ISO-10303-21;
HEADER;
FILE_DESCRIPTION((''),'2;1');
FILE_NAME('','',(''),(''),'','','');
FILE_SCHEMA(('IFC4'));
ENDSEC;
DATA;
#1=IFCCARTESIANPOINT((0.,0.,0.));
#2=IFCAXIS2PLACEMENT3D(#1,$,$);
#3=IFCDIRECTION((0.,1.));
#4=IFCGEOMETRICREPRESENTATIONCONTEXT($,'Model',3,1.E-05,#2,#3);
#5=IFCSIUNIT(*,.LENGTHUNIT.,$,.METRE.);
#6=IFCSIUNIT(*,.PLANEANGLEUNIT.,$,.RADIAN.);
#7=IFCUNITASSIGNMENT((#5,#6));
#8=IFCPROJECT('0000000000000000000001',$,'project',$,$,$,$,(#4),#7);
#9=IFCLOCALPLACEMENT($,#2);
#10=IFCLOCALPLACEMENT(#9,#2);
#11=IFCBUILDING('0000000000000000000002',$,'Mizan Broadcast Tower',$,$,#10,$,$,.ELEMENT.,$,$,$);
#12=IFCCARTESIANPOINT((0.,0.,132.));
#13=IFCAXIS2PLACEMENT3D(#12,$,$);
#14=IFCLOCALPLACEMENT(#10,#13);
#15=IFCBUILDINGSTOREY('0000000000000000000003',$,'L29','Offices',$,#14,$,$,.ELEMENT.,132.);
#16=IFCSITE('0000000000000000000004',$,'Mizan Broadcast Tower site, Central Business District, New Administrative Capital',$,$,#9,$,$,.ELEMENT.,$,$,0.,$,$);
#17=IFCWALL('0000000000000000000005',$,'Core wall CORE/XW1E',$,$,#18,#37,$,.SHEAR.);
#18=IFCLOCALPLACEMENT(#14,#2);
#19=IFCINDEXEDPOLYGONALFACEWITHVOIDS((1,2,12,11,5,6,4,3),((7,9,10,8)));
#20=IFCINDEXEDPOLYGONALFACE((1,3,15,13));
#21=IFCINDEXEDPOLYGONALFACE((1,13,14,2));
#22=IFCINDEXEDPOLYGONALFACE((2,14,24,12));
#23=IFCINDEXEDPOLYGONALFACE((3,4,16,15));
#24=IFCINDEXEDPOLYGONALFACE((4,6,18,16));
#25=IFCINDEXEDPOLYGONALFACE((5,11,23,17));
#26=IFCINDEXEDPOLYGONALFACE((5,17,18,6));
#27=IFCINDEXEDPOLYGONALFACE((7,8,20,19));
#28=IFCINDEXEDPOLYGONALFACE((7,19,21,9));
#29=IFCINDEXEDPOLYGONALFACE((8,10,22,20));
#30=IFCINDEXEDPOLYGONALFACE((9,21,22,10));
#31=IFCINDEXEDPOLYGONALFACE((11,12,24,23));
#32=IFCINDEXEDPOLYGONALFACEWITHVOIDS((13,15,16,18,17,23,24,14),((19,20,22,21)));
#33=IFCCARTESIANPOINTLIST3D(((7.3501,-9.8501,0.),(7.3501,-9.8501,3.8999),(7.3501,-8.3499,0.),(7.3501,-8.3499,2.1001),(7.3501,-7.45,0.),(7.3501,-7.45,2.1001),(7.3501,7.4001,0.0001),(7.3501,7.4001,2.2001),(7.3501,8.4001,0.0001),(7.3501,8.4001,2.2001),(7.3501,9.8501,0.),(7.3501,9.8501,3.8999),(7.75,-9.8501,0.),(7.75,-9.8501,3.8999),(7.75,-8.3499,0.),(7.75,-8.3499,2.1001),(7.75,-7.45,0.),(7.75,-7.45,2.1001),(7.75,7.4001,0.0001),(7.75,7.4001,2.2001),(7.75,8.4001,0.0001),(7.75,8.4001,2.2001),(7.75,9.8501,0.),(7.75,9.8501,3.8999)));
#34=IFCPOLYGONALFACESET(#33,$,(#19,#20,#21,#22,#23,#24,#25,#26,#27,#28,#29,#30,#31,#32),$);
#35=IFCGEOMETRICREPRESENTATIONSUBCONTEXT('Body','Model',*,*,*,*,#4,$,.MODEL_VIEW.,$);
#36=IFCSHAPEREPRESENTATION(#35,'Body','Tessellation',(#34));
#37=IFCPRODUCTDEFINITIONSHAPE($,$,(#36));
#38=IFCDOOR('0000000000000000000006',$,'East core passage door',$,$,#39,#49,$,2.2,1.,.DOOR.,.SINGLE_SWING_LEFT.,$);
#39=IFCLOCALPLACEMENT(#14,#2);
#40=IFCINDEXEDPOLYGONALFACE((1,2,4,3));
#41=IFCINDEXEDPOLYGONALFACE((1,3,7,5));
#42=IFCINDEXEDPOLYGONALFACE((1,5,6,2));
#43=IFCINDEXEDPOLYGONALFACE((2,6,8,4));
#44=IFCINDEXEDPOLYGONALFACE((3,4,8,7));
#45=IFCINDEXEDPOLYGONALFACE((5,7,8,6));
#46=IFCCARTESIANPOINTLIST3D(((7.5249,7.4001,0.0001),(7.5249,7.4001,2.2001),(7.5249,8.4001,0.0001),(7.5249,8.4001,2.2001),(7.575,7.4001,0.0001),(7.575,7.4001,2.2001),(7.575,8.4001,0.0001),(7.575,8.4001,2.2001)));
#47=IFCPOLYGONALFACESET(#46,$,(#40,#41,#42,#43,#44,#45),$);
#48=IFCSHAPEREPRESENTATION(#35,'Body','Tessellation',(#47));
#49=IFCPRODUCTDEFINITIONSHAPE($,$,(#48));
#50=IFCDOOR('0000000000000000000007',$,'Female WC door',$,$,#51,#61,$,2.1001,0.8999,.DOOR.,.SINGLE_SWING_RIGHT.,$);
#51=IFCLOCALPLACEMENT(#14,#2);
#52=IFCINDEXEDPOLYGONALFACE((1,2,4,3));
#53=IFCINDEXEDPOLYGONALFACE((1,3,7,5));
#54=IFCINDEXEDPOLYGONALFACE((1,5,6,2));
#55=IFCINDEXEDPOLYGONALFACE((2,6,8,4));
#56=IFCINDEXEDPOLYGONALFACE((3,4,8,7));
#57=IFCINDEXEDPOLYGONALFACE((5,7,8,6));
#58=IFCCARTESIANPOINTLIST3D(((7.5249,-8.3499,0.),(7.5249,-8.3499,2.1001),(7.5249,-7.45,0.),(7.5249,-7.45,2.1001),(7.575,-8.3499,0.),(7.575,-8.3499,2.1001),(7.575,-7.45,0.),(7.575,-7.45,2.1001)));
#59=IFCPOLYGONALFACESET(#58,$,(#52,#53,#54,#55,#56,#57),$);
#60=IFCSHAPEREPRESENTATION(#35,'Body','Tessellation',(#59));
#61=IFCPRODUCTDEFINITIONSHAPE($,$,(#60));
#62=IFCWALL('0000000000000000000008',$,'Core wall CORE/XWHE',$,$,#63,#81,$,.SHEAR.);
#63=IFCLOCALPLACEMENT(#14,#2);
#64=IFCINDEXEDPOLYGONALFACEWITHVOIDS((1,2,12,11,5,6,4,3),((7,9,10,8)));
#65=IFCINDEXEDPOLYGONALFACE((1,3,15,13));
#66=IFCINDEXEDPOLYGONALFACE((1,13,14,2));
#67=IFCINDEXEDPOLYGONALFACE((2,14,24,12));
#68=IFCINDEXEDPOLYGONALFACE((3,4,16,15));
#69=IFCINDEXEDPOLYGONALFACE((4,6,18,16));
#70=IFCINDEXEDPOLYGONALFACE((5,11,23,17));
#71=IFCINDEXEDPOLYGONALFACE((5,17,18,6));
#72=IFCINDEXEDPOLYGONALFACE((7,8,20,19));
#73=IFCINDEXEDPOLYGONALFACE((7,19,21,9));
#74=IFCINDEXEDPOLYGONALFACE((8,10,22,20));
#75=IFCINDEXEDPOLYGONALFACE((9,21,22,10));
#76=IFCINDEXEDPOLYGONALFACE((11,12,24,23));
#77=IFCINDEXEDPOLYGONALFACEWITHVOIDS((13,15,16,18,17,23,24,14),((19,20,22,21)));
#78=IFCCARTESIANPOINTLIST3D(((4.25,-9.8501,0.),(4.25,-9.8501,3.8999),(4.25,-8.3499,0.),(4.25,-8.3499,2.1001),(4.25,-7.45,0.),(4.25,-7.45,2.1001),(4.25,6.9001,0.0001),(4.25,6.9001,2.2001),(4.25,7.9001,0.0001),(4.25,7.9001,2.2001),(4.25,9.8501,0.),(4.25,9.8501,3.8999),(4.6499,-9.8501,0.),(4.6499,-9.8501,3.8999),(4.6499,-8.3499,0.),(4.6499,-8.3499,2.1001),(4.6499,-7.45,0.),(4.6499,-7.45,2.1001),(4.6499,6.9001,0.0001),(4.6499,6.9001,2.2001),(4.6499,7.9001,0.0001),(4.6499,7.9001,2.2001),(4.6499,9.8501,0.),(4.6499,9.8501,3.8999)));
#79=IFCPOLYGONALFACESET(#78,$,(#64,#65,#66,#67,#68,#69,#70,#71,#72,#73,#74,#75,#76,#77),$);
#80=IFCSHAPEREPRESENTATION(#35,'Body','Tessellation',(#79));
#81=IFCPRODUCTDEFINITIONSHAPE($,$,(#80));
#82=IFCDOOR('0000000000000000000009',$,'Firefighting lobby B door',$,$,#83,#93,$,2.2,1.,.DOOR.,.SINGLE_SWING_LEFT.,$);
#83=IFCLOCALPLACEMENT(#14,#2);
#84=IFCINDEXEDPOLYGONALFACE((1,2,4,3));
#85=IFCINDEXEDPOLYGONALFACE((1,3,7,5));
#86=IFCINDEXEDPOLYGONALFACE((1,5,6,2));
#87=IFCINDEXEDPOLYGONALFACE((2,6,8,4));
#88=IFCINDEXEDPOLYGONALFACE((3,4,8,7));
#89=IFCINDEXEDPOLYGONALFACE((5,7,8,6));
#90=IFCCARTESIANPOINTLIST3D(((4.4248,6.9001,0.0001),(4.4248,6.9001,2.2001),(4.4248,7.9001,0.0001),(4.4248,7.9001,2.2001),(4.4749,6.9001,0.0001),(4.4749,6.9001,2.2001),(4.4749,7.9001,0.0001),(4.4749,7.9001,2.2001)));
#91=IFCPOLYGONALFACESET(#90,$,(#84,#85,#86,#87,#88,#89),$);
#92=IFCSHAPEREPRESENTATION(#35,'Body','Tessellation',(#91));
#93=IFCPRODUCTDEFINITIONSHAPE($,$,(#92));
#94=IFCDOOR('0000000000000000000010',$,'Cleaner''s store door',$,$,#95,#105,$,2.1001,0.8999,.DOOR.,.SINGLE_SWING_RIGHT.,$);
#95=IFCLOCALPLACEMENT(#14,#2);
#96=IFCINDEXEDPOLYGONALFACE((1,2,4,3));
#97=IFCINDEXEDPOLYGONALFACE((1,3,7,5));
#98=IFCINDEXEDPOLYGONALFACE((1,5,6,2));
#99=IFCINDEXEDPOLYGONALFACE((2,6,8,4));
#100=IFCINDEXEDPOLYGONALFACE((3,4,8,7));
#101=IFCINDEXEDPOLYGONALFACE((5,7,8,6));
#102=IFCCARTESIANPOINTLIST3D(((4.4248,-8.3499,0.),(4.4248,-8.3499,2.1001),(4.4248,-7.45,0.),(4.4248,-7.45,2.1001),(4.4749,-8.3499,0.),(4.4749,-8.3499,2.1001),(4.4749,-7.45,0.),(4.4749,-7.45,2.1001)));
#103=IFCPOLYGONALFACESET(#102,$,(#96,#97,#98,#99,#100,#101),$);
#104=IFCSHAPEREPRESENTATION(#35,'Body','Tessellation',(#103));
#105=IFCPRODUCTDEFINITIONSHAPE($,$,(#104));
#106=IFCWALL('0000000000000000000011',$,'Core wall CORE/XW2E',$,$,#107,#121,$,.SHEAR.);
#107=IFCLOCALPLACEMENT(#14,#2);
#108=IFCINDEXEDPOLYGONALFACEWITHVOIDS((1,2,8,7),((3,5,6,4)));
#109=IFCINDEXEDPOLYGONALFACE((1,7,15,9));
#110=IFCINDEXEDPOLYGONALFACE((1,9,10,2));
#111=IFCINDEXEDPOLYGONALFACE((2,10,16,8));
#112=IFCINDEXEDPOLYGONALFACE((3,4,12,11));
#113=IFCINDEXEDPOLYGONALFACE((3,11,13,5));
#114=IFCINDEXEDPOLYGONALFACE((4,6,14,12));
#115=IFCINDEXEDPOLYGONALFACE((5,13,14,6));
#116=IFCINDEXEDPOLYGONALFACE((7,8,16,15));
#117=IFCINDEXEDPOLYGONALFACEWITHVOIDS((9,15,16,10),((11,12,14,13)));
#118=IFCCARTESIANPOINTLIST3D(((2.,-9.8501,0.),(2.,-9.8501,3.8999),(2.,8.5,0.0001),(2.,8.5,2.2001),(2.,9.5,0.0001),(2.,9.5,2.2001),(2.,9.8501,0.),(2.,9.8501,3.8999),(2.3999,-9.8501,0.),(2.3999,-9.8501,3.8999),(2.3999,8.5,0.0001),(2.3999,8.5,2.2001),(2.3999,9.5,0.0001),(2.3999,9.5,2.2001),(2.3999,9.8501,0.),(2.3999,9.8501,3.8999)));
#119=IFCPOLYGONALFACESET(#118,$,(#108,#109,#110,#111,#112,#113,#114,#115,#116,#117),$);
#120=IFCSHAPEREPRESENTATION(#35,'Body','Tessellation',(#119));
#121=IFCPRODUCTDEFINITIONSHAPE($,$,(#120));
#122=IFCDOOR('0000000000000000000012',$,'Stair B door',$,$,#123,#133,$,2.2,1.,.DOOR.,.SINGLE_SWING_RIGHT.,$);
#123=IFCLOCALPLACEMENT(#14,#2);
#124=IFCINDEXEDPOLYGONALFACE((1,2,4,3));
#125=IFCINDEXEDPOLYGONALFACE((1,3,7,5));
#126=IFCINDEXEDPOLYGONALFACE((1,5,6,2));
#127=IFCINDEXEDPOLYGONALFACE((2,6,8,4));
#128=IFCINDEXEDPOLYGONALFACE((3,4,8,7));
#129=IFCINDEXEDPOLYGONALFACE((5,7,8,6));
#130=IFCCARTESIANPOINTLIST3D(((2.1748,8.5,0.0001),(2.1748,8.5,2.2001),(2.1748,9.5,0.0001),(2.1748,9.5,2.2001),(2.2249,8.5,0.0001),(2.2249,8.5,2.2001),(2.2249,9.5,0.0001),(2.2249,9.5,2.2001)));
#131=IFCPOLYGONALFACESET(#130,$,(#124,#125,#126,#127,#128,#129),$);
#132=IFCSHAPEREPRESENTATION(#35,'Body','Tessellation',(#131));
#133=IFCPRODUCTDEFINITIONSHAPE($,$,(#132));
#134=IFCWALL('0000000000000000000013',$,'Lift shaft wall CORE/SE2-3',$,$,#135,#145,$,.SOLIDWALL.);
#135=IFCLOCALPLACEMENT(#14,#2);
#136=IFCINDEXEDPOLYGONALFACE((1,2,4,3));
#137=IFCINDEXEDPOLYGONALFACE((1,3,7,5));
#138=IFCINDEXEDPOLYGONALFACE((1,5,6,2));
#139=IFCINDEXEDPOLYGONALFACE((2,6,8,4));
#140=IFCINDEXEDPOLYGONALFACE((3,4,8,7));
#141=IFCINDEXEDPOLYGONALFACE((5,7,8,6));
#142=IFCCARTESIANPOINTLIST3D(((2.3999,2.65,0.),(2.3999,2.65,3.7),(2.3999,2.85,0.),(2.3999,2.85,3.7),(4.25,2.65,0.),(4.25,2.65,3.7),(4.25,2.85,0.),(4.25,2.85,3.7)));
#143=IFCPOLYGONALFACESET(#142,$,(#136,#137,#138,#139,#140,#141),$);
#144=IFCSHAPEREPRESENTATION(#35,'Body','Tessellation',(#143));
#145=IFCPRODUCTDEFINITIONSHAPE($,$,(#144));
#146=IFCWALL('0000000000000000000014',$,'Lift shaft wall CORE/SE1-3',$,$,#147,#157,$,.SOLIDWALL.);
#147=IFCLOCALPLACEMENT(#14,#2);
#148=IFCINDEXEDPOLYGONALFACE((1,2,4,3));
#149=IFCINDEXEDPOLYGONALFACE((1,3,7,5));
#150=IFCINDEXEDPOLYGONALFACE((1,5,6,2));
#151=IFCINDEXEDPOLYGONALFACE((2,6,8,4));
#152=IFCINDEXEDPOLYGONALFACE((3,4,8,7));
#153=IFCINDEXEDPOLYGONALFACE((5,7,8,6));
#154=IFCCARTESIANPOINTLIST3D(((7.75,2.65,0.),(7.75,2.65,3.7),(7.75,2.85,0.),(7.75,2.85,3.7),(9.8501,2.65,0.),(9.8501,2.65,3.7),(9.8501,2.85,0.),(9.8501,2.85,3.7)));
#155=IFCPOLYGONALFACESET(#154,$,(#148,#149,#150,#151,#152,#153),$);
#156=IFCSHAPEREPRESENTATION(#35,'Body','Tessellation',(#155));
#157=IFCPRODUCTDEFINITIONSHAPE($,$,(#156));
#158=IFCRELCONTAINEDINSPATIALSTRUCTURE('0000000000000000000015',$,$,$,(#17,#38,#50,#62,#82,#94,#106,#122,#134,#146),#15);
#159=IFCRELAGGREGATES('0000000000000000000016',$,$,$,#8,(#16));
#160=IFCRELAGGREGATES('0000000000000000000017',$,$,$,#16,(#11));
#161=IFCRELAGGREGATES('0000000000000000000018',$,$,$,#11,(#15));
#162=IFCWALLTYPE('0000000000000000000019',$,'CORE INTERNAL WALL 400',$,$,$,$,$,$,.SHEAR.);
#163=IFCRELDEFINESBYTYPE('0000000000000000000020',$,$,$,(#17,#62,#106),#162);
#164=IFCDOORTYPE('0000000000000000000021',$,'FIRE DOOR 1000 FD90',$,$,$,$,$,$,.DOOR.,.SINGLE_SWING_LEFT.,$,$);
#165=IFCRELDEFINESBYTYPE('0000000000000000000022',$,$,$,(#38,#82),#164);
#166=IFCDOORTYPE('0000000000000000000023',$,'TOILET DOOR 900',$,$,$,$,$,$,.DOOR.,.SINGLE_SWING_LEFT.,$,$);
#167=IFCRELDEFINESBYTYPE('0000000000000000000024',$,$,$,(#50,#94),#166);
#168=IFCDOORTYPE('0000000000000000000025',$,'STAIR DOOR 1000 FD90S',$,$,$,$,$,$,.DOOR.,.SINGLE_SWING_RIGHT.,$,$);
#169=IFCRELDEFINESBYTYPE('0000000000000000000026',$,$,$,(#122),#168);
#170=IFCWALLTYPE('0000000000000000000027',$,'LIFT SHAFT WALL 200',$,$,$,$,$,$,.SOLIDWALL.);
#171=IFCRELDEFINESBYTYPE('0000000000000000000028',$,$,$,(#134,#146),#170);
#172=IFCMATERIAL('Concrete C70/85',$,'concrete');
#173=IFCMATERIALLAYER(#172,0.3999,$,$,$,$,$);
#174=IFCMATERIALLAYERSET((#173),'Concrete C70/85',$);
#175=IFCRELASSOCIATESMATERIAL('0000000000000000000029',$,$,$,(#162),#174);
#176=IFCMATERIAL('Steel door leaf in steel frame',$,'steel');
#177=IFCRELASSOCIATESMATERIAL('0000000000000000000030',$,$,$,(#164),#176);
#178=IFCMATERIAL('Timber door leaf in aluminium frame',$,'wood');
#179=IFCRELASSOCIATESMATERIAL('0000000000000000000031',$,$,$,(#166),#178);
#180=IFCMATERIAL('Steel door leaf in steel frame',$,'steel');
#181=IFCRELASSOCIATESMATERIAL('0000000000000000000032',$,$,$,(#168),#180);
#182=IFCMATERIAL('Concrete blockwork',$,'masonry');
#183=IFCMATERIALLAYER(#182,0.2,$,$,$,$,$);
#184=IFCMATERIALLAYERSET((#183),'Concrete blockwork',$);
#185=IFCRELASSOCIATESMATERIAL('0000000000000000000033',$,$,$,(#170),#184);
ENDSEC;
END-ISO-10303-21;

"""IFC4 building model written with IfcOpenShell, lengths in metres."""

from ifc_helpers import new_model, si_unit, direction, frame, frame_2d, origin, place, context, subcontext, project, spatial, rectangle, extrude, material, layer, layer_set, type_object, element, fill, save


model = new_model("IFC4")

# Units and contexts
model_context = context("Model", 3, precision=1e-05, world=origin(), true_north=direction((0.0, 1.0)))
body_context = subcontext(model_context, "Body", "Model", "MODEL_VIEW")
ifc_project = project(units=[si_unit("LENGTHUNIT", "METRE"), si_unit("PLANEANGLEUNIT", "RADIAN")], contexts=[model_context])

# Site, building, storey
site_placement = place(None, origin())
site = spatial("IfcSite", under=ifc_project, at=site_placement, Name="Mizan Broadcast Tower site, Central Business District, New Administrative Capital", CompositionType="ELEMENT", RefElevation=0.0)
building_placement = place(site_placement, origin())
building = spatial("IfcBuilding", under=site, at=building_placement, Name="Mizan Broadcast Tower", CompositionType="ELEMENT")
storey_placement = place(building_placement, frame((0.0, 0.0, 132.0)))
storey = spatial("IfcBuildingStorey", under=building, at=storey_placement, Name="L29", Description="Offices", CompositionType="ELEMENT", Elevation=132.0)

# Walls, openings, doors
ifc_material_1 = material(Name="Concrete C70/85", Category="concrete")
ifc_layer_1 = layer(ifc_material_1, 0.3999)
ifc_layer_set_1 = layer_set([ifc_layer_1], Name="Concrete C70/85")
wall_type_1 = type_object("IfcWallType", Name="CORE INTERNAL WALL 400", PredefinedType="SHEAR", material=ifc_layer_set_1)
wall_1_placement = place(storey_placement, frame((7.55, 9.8501, 0.0), z_axis=(0.0, 0.0, 1.0), x_axis=(0.0, -1.0, 0.0)))
wall_1 = element("IfcWall", 1, at=wall_1_placement, inside=storey, type_object=wall_type_1, Name="Core wall CORE/XW1E", PredefinedType="SHEAR", context=body_context, shape_type="SweptSolid", body=[
    extrude(rectangle(XDim=19.7002, YDim=0.3999, at=frame_2d((9.8501, 0.0))), origin(), (0.0, 0.0, 1.0), 3.8999),
])
opening_1_placement = place(wall_1_placement, frame((1.45, 0.0, 0.0)))
opening_1 = element("IfcOpeningElement", 2, at=opening_1_placement, cuts=wall_1, PredefinedType="OPENING", context=body_context, shape_type="SweptSolid", body=[
    extrude(rectangle(XDim=1.0, YDim=2.2, at=frame_2d((0.5, 1.1001))), frame((0.0, 0.21, 0.0), z_axis=(0.0, -1.0, 0.0), x_axis=(1.0, 0.0, 0.0)), (0.0, 0.0, 1.0), 0.4199),
])
opening_2_placement = place(wall_1_placement, frame((17.3, 0.0, 0.0)))
opening_2 = element("IfcOpeningElement", 3, at=opening_2_placement, cuts=wall_1, PredefinedType="OPENING", context=body_context, shape_type="SweptSolid", body=[
    extrude(rectangle(XDim=0.8999, YDim=2.1001, at=frame_2d((0.45, 1.05))), frame((0.0, 0.21, 0.0), z_axis=(0.0, -1.0, 0.0), x_axis=(1.0, 0.0, 0.0)), (0.0, 0.0, 1.0), 0.4199),
])
ifc_material_2 = material(Name="Steel door leaf in steel frame", Category="steel")
door_type_1 = type_object("IfcDoorType", Name="FIRE DOOR 1000 FD90", OperationType="SINGLE_SWING_LEFT", PredefinedType="DOOR", material=ifc_material_2)
door_1_placement = place(opening_1_placement, origin())
door_1 = element("IfcDoor", 4, at=door_1_placement, inside=storey, type_object=door_type_1, Name="East core passage door", OperationType="SINGLE_SWING_LEFT", OverallHeight=2.2, OverallWidth=1.0, PredefinedType="DOOR", context=body_context, shape_type="SweptSolid", body=[
    extrude(rectangle(XDim=1.0, YDim=2.2, at=frame_2d((0.5, 1.1001))), frame((0.0, 0.0249, 0.0), z_axis=(0.0, -1.0, 0.0), x_axis=(1.0, 0.0, 0.0)), (0.0, 0.0, 1.0), 0.05),
])
fill(opening_1, door_1)
ifc_material_3 = material(Name="Timber door leaf in aluminium frame", Category="wood")
door_type_2 = type_object("IfcDoorType", Name="TOILET DOOR 900", OperationType="SINGLE_SWING_LEFT", PredefinedType="DOOR", material=ifc_material_3)
door_2_placement = place(opening_2_placement, origin())
door_2 = element("IfcDoor", 5, at=door_2_placement, inside=storey, type_object=door_type_2, Name="Female WC door", OperationType="SINGLE_SWING_RIGHT", OverallHeight=2.1001, OverallWidth=0.8999, PredefinedType="DOOR", context=body_context, shape_type="SweptSolid", body=[
    extrude(rectangle(XDim=0.8999, YDim=2.1001, at=frame_2d((0.45, 1.05))), frame((0.0, 0.0249, 0.0), z_axis=(0.0, -1.0, 0.0), x_axis=(1.0, 0.0, 0.0)), (0.0, 0.0, 1.0), 0.05),
])
fill(opening_2, door_2)
wall_2_placement = place(storey_placement, frame((4.45, 9.8501, 0.0), z_axis=(0.0, 0.0, 1.0), x_axis=(0.0, -1.0, 0.0)))
wall_2 = element("IfcWall", 6, at=wall_2_placement, inside=storey, type_object=wall_type_1, Name="Core wall CORE/XWHE", PredefinedType="SHEAR", context=body_context, shape_type="SweptSolid", body=[
    extrude(rectangle(XDim=19.7002, YDim=0.3999, at=frame_2d((9.8501, 0.0))), origin(), (0.0, 0.0, 1.0), 3.8999),
])
opening_3_placement = place(wall_2_placement, frame((1.95, 0.0, 0.0)))
opening_3 = element("IfcOpeningElement", 7, at=opening_3_placement, cuts=wall_2, PredefinedType="OPENING", context=body_context, shape_type="SweptSolid", body=[
    extrude(rectangle(XDim=1.0, YDim=2.2, at=frame_2d((0.5, 1.1001))), frame((0.0, 0.21, 0.0), z_axis=(0.0, -1.0, 0.0), x_axis=(1.0, 0.0, 0.0)), (0.0, 0.0, 1.0), 0.4199),
])
opening_4_placement = place(wall_2_placement, frame((17.3, 0.0, 0.0)))
opening_4 = element("IfcOpeningElement", 8, at=opening_4_placement, cuts=wall_2, PredefinedType="OPENING", context=body_context, shape_type="SweptSolid", body=[
    extrude(rectangle(XDim=0.8999, YDim=2.1001, at=frame_2d((0.45, 1.05))), frame((0.0, 0.21, 0.0), z_axis=(0.0, -1.0, 0.0), x_axis=(1.0, 0.0, 0.0)), (0.0, 0.0, 1.0), 0.4199),
])
door_3_placement = place(opening_3_placement, origin())
door_3 = element("IfcDoor", 9, at=door_3_placement, inside=storey, type_object=door_type_1, Name="Firefighting lobby B door", OperationType="SINGLE_SWING_LEFT", OverallHeight=2.2, OverallWidth=1.0, PredefinedType="DOOR", context=body_context, shape_type="SweptSolid", body=[
    extrude(rectangle(XDim=1.0, YDim=2.2, at=frame_2d((0.5, 1.1001))), frame((0.0, 0.0249, 0.0), z_axis=(0.0, -1.0, 0.0), x_axis=(1.0, 0.0, 0.0)), (0.0, 0.0, 1.0), 0.05),
])
fill(opening_3, door_3)
door_4_placement = place(opening_4_placement, origin())
door_4 = element("IfcDoor", 10, at=door_4_placement, inside=storey, type_object=door_type_2, Name="Cleaner's store door", OperationType="SINGLE_SWING_RIGHT", OverallHeight=2.1001, OverallWidth=0.8999, PredefinedType="DOOR", context=body_context, shape_type="SweptSolid", body=[
    extrude(rectangle(XDim=0.8999, YDim=2.1001, at=frame_2d((0.45, 1.05))), frame((0.0, 0.0249, 0.0), z_axis=(0.0, -1.0, 0.0), x_axis=(1.0, 0.0, 0.0)), (0.0, 0.0, 1.0), 0.05),
])
fill(opening_4, door_4)

# Wall, opening, door
wall_3_placement = place(storey_placement, frame((2.2, 9.8501, 0.0), z_axis=(0.0, 0.0, 1.0), x_axis=(0.0, -1.0, 0.0)))
wall_3 = element("IfcWall", 11, at=wall_3_placement, inside=storey, type_object=wall_type_1, Name="Core wall CORE/XW2E", PredefinedType="SHEAR", context=body_context, shape_type="SweptSolid", body=[
    extrude(rectangle(XDim=19.7002, YDim=0.3999, at=frame_2d((9.8501, 0.0))), origin(), (0.0, 0.0, 1.0), 3.8999),
])
opening_5_placement = place(wall_3_placement, frame((0.3501, 0.0, 0.0)))
opening_5 = element("IfcOpeningElement", 12, at=opening_5_placement, cuts=wall_3, PredefinedType="OPENING", context=body_context, shape_type="SweptSolid", body=[
    extrude(rectangle(XDim=1.0, YDim=2.2, at=frame_2d((0.5, 1.1001))), frame((0.0, 0.21, 0.0), z_axis=(0.0, -1.0, 0.0), x_axis=(1.0, 0.0, 0.0)), (0.0, 0.0, 1.0), 0.4199),
])
ifc_material_4 = material(Name="Steel door leaf in steel frame", Category="steel")
door_type_3 = type_object("IfcDoorType", Name="STAIR DOOR 1000 FD90S", OperationType="SINGLE_SWING_RIGHT", PredefinedType="DOOR", material=ifc_material_4)
door_5_placement = place(opening_5_placement, origin())
door_5 = element("IfcDoor", 13, at=door_5_placement, inside=storey, type_object=door_type_3, Name="Stair B door", OperationType="SINGLE_SWING_RIGHT", OverallHeight=2.2, OverallWidth=1.0, PredefinedType="DOOR", context=body_context, shape_type="SweptSolid", body=[
    extrude(rectangle(XDim=1.0, YDim=2.2, at=frame_2d((0.5, 1.1001))), frame((0.0, 0.0249, 0.0), z_axis=(0.0, -1.0, 0.0), x_axis=(1.0, 0.0, 0.0)), (0.0, 0.0, 1.0), 0.05),
])
fill(opening_5, door_5)

# Walls
ifc_material_5 = material(Name="Concrete blockwork", Category="masonry")
ifc_layer_2 = layer(ifc_material_5, 0.2)
ifc_layer_set_2 = layer_set([ifc_layer_2], Name="Concrete blockwork")
wall_type_2 = type_object("IfcWallType", Name="LIFT SHAFT WALL 200", PredefinedType="SOLIDWALL", material=ifc_layer_set_2)
wall_4_placement = place(storey_placement, frame((2.3999, 2.75, 0.0), z_axis=(0.0, 0.0, 1.0), x_axis=(1.0, 0.0, 0.0)))
element("IfcWall", 14, at=wall_4_placement, inside=storey, type_object=wall_type_2, Name="Lift shaft wall CORE/SE2-3", PredefinedType="SOLIDWALL", context=body_context, shape_type="SweptSolid", body=[
    extrude(rectangle(XDim=1.8501, YDim=0.2, at=frame_2d((0.925, 0.0))), origin(), (0.0, 0.0, 1.0), 3.7),
])
wall_5_placement = place(storey_placement, frame((7.75, 2.75, 0.0), z_axis=(0.0, 0.0, 1.0), x_axis=(1.0, 0.0, 0.0)))
element("IfcWall", 15, at=wall_5_placement, inside=storey, type_object=wall_type_2, Name="Lift shaft wall CORE/SE1-3", PredefinedType="SOLIDWALL", context=body_context, shape_type="SweptSolid", body=[
    extrude(rectangle(XDim=2.1001, YDim=0.2, at=frame_2d((1.05, 0.0))), origin(), (0.0, 0.0, 1.0), 3.7),
])

save(model, "model.ifc")
